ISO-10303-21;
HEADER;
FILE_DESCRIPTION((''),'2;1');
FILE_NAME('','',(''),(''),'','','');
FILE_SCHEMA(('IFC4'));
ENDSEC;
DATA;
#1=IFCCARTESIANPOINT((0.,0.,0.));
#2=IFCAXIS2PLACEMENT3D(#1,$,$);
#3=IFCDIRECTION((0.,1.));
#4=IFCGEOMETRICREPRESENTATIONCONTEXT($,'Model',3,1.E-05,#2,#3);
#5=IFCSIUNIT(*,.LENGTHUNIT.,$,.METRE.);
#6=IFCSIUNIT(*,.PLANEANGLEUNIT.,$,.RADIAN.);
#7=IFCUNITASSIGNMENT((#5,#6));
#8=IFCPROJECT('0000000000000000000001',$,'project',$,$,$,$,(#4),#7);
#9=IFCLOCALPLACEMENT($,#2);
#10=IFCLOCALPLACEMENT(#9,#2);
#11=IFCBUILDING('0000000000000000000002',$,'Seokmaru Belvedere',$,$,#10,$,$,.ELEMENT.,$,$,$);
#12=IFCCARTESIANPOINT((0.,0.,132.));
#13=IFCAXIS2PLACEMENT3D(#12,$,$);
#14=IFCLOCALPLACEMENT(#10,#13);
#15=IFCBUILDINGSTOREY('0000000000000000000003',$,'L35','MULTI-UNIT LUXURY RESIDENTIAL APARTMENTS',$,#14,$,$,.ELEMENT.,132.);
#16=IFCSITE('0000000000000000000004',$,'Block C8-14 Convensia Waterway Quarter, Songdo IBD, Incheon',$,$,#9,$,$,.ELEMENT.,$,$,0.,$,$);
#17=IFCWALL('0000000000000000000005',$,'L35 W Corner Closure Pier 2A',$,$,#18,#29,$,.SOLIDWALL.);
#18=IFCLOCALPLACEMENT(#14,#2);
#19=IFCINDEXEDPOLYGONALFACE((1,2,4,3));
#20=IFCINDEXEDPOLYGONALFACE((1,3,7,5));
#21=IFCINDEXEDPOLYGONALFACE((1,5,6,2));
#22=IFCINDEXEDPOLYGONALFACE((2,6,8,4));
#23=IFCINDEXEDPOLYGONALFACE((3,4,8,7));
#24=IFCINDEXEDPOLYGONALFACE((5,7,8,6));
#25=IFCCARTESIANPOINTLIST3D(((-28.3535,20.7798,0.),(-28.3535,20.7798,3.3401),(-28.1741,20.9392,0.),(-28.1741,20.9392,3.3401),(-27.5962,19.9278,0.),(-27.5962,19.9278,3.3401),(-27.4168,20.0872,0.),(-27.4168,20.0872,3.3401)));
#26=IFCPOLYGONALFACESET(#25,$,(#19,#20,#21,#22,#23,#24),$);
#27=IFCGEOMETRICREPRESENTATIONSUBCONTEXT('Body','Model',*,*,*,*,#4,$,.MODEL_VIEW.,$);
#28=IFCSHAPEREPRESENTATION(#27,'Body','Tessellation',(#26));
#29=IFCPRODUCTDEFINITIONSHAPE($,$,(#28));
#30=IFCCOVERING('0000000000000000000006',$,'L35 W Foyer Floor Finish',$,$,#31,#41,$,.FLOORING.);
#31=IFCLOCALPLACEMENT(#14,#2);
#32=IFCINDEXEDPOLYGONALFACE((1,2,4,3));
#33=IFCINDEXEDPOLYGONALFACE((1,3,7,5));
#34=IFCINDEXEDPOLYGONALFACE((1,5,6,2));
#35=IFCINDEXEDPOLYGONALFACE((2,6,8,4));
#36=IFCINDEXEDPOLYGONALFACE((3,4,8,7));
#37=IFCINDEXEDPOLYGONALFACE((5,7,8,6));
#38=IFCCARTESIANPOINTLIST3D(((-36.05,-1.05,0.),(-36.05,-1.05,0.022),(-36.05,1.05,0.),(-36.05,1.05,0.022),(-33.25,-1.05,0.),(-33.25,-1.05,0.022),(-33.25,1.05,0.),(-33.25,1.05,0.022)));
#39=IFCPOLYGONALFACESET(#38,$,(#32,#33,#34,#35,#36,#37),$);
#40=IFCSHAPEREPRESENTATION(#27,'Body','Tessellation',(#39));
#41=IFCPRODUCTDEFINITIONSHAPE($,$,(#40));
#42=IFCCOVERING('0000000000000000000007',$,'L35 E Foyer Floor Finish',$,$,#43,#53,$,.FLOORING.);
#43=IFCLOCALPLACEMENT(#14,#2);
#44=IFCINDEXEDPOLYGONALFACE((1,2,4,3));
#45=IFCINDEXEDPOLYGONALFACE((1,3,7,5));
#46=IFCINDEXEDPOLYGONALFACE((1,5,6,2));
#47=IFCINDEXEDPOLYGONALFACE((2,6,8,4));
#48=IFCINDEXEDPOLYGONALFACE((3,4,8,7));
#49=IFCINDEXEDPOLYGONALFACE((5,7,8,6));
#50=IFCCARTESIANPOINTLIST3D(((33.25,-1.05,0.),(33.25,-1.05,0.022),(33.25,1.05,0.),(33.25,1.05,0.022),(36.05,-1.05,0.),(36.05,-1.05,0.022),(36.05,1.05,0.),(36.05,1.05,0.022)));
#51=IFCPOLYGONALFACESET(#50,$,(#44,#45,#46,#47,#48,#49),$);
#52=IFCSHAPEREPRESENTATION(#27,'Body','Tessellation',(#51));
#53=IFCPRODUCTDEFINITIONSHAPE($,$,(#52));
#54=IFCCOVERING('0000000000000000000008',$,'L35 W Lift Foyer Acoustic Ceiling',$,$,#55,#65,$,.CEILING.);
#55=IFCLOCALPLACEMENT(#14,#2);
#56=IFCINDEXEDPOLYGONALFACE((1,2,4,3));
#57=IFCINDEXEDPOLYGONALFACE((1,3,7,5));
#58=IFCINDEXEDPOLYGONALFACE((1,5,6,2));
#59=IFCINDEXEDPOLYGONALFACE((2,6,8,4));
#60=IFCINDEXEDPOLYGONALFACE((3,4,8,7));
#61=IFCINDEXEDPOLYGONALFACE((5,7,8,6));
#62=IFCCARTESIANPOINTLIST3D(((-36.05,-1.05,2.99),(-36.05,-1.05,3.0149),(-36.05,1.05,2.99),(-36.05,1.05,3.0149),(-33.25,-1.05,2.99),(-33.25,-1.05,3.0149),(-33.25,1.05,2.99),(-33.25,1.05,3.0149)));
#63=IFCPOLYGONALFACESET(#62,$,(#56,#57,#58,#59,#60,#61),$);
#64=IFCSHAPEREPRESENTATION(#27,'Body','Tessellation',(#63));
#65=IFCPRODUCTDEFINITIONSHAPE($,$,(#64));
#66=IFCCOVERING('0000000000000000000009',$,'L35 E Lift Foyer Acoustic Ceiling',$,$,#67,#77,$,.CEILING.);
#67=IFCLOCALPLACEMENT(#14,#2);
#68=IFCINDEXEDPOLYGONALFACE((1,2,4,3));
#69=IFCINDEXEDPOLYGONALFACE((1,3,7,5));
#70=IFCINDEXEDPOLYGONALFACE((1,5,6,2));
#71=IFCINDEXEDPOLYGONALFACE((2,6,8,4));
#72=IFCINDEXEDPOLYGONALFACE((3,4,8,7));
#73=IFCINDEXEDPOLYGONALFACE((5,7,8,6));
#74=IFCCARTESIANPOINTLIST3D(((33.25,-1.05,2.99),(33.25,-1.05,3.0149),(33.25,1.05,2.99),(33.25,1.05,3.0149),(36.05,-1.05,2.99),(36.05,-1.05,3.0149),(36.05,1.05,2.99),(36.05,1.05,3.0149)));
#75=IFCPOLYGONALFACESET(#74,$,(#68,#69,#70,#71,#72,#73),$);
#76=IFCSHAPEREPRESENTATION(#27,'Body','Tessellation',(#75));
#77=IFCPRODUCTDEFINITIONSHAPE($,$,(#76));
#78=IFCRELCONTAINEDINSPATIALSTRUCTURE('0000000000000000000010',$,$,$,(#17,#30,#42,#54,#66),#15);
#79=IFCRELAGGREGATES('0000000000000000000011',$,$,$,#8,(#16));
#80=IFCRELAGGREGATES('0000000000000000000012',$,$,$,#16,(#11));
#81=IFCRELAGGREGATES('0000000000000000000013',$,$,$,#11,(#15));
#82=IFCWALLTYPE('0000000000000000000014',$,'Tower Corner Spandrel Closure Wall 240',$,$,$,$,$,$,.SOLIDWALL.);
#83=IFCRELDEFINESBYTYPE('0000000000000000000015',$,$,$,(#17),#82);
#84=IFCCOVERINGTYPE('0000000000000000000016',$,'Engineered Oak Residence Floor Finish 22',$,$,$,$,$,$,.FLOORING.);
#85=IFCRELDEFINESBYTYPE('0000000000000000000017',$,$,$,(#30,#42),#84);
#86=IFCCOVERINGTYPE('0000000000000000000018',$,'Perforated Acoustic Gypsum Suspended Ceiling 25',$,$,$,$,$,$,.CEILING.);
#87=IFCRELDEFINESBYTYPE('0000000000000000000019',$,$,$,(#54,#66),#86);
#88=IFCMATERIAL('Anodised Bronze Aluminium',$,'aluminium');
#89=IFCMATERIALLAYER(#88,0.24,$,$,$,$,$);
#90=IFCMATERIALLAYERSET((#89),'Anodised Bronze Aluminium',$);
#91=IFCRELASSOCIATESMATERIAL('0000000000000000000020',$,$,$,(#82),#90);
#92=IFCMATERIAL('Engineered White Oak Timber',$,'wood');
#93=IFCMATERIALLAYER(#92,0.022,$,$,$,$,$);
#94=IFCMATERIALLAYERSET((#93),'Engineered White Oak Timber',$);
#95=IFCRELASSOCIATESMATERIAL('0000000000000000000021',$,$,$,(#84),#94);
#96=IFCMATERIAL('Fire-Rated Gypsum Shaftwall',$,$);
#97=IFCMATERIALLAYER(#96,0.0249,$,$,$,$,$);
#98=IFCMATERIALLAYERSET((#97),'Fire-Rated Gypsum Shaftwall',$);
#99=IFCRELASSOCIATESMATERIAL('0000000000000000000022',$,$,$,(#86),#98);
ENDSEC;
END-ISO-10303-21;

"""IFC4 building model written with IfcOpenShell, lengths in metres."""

from ifc_helpers import new_model, si_unit, direction, frame, frame_2d, origin, place, context, subcontext, project, spatial, polyline, rectangle, outline, extrude, material, layer, layer_set, type_object, element, save


model = new_model("IFC4")

# Units and contexts
model_context = context("Model", 3, precision=1e-05, world=origin(), true_north=direction((0.0, 1.0)))
body_context = subcontext(model_context, "Body", "Model", "MODEL_VIEW")
ifc_project = project(units=[si_unit("LENGTHUNIT", "METRE"), si_unit("PLANEANGLEUNIT", "RADIAN")], contexts=[model_context])

# Site, building, storey
site_placement = place(None, origin())
site = spatial("IfcSite", under=ifc_project, at=site_placement, Name="Block C8-14 Convensia Waterway Quarter, Songdo IBD, Incheon", CompositionType="ELEMENT", RefElevation=0.0)
building_placement = place(site_placement, origin())
building = spatial("IfcBuilding", under=site, at=building_placement, Name="Seokmaru Belvedere", CompositionType="ELEMENT")
storey_placement = place(building_placement, frame((0.0, 0.0, 132.0)))
storey = spatial("IfcBuildingStorey", under=building, at=storey_placement, Name="L35", Description="MULTI-UNIT LUXURY RESIDENTIAL APARTMENTS", CompositionType="ELEMENT", Elevation=132.0)

# Shared definitions
ifc_material_1 = material(Name="Anodised Bronze Aluminium", Category="aluminium")

# Wall
ifc_layer_1 = layer(ifc_material_1, 0.24)
ifc_layer_set_1 = layer_set([ifc_layer_1], Name="Anodised Bronze Aluminium")
wall_type_1 = type_object("IfcWallType", Name="Tower Corner Spandrel Closure Wall 240", PredefinedType="SOLIDWALL", material=ifc_layer_set_1)
wall_1_placement = place(storey_placement, frame((-27.5066, 20.0076, 0.0), z_axis=(0.0, 0.0, 1.0), x_axis=(-0.664337, 0.747433, 0.0)))
element("IfcWall", 1, at=wall_1_placement, inside=storey, type_object=wall_type_1, Name="L35 W Corner Closure Pier 2A", PredefinedType="SOLIDWALL", context=body_context, shape_type="SweptSolid", body=[
    extrude(rectangle(XDim=1.1399, YDim=0.24, at=frame_2d((0.5698, 0.0))), origin(), (0.0, 0.0, 1.0), 3.3401),
])

# Coverings
ifc_material_2 = material(Name="Engineered White Oak Timber", Category="wood")
ifc_layer_2 = layer(ifc_material_2, 0.022)
ifc_layer_set_2 = layer_set([ifc_layer_2], Name="Engineered White Oak Timber")
covering_type_1 = type_object("IfcCoveringType", Name="Engineered Oak Residence Floor Finish 22", PredefinedType="FLOORING", material=ifc_layer_set_2)
covering_1_placement = place(storey_placement, origin())
element("IfcCovering", 2, at=covering_1_placement, inside=storey, type_object=covering_type_1, Name="L35 W Foyer Floor Finish", PredefinedType="FLOORING", context=body_context, shape_type="SweptSolid", body=[
    extrude(outline(polyline([(-36.05, -1.05), (-33.25, -1.05), (-33.25, 1.05), (-36.05, 1.05), (-36.05, -1.05)])), origin(), (0.0, 0.0, 1.0), 0.022),
])
covering_2_placement = place(storey_placement, origin())
element("IfcCovering", 3, at=covering_2_placement, inside=storey, type_object=covering_type_1, Name="L35 E Foyer Floor Finish", PredefinedType="FLOORING", context=body_context, shape_type="SweptSolid", body=[
    extrude(outline(polyline([(33.25, -1.05), (36.05, -1.05), (36.05, 1.05), (33.25, 1.05), (33.25, -1.05)])), origin(), (0.0, 0.0, 1.0), 0.022),
])
ifc_material_3 = material(Name="Fire-Rated Gypsum Shaftwall")
ifc_layer_3 = layer(ifc_material_3, 0.0249)
ifc_layer_set_3 = layer_set([ifc_layer_3], Name="Fire-Rated Gypsum Shaftwall")
covering_type_2 = type_object("IfcCoveringType", Name="Perforated Acoustic Gypsum Suspended Ceiling 25", PredefinedType="CEILING", material=ifc_layer_set_3)
covering_3_placement = place(storey_placement, frame((0.0, 0.0, 2.99)))
element("IfcCovering", 4, at=covering_3_placement, inside=storey, type_object=covering_type_2, Name="L35 W Lift Foyer Acoustic Ceiling", PredefinedType="CEILING", context=body_context, shape_type="SweptSolid", body=[
    extrude(outline(polyline([(-36.05, -1.05), (-33.25, -1.05), (-33.25, 1.05), (-36.05, 1.05), (-36.05, -1.05)])), origin(), (0.0, 0.0, 1.0), 0.0249),
])
covering_4_placement = place(storey_placement, frame((0.0, 0.0, 2.99)))
element("IfcCovering", 5, at=covering_4_placement, inside=storey, type_object=covering_type_2, Name="L35 E Lift Foyer Acoustic Ceiling", PredefinedType="CEILING", context=body_context, shape_type="SweptSolid", body=[
    extrude(outline(polyline([(33.25, -1.05), (36.05, -1.05), (36.05, 1.05), (33.25, 1.05), (33.25, -1.05)])), origin(), (0.0, 0.0, 1.0), 0.0249),
])

save(model, "model.ifc")
